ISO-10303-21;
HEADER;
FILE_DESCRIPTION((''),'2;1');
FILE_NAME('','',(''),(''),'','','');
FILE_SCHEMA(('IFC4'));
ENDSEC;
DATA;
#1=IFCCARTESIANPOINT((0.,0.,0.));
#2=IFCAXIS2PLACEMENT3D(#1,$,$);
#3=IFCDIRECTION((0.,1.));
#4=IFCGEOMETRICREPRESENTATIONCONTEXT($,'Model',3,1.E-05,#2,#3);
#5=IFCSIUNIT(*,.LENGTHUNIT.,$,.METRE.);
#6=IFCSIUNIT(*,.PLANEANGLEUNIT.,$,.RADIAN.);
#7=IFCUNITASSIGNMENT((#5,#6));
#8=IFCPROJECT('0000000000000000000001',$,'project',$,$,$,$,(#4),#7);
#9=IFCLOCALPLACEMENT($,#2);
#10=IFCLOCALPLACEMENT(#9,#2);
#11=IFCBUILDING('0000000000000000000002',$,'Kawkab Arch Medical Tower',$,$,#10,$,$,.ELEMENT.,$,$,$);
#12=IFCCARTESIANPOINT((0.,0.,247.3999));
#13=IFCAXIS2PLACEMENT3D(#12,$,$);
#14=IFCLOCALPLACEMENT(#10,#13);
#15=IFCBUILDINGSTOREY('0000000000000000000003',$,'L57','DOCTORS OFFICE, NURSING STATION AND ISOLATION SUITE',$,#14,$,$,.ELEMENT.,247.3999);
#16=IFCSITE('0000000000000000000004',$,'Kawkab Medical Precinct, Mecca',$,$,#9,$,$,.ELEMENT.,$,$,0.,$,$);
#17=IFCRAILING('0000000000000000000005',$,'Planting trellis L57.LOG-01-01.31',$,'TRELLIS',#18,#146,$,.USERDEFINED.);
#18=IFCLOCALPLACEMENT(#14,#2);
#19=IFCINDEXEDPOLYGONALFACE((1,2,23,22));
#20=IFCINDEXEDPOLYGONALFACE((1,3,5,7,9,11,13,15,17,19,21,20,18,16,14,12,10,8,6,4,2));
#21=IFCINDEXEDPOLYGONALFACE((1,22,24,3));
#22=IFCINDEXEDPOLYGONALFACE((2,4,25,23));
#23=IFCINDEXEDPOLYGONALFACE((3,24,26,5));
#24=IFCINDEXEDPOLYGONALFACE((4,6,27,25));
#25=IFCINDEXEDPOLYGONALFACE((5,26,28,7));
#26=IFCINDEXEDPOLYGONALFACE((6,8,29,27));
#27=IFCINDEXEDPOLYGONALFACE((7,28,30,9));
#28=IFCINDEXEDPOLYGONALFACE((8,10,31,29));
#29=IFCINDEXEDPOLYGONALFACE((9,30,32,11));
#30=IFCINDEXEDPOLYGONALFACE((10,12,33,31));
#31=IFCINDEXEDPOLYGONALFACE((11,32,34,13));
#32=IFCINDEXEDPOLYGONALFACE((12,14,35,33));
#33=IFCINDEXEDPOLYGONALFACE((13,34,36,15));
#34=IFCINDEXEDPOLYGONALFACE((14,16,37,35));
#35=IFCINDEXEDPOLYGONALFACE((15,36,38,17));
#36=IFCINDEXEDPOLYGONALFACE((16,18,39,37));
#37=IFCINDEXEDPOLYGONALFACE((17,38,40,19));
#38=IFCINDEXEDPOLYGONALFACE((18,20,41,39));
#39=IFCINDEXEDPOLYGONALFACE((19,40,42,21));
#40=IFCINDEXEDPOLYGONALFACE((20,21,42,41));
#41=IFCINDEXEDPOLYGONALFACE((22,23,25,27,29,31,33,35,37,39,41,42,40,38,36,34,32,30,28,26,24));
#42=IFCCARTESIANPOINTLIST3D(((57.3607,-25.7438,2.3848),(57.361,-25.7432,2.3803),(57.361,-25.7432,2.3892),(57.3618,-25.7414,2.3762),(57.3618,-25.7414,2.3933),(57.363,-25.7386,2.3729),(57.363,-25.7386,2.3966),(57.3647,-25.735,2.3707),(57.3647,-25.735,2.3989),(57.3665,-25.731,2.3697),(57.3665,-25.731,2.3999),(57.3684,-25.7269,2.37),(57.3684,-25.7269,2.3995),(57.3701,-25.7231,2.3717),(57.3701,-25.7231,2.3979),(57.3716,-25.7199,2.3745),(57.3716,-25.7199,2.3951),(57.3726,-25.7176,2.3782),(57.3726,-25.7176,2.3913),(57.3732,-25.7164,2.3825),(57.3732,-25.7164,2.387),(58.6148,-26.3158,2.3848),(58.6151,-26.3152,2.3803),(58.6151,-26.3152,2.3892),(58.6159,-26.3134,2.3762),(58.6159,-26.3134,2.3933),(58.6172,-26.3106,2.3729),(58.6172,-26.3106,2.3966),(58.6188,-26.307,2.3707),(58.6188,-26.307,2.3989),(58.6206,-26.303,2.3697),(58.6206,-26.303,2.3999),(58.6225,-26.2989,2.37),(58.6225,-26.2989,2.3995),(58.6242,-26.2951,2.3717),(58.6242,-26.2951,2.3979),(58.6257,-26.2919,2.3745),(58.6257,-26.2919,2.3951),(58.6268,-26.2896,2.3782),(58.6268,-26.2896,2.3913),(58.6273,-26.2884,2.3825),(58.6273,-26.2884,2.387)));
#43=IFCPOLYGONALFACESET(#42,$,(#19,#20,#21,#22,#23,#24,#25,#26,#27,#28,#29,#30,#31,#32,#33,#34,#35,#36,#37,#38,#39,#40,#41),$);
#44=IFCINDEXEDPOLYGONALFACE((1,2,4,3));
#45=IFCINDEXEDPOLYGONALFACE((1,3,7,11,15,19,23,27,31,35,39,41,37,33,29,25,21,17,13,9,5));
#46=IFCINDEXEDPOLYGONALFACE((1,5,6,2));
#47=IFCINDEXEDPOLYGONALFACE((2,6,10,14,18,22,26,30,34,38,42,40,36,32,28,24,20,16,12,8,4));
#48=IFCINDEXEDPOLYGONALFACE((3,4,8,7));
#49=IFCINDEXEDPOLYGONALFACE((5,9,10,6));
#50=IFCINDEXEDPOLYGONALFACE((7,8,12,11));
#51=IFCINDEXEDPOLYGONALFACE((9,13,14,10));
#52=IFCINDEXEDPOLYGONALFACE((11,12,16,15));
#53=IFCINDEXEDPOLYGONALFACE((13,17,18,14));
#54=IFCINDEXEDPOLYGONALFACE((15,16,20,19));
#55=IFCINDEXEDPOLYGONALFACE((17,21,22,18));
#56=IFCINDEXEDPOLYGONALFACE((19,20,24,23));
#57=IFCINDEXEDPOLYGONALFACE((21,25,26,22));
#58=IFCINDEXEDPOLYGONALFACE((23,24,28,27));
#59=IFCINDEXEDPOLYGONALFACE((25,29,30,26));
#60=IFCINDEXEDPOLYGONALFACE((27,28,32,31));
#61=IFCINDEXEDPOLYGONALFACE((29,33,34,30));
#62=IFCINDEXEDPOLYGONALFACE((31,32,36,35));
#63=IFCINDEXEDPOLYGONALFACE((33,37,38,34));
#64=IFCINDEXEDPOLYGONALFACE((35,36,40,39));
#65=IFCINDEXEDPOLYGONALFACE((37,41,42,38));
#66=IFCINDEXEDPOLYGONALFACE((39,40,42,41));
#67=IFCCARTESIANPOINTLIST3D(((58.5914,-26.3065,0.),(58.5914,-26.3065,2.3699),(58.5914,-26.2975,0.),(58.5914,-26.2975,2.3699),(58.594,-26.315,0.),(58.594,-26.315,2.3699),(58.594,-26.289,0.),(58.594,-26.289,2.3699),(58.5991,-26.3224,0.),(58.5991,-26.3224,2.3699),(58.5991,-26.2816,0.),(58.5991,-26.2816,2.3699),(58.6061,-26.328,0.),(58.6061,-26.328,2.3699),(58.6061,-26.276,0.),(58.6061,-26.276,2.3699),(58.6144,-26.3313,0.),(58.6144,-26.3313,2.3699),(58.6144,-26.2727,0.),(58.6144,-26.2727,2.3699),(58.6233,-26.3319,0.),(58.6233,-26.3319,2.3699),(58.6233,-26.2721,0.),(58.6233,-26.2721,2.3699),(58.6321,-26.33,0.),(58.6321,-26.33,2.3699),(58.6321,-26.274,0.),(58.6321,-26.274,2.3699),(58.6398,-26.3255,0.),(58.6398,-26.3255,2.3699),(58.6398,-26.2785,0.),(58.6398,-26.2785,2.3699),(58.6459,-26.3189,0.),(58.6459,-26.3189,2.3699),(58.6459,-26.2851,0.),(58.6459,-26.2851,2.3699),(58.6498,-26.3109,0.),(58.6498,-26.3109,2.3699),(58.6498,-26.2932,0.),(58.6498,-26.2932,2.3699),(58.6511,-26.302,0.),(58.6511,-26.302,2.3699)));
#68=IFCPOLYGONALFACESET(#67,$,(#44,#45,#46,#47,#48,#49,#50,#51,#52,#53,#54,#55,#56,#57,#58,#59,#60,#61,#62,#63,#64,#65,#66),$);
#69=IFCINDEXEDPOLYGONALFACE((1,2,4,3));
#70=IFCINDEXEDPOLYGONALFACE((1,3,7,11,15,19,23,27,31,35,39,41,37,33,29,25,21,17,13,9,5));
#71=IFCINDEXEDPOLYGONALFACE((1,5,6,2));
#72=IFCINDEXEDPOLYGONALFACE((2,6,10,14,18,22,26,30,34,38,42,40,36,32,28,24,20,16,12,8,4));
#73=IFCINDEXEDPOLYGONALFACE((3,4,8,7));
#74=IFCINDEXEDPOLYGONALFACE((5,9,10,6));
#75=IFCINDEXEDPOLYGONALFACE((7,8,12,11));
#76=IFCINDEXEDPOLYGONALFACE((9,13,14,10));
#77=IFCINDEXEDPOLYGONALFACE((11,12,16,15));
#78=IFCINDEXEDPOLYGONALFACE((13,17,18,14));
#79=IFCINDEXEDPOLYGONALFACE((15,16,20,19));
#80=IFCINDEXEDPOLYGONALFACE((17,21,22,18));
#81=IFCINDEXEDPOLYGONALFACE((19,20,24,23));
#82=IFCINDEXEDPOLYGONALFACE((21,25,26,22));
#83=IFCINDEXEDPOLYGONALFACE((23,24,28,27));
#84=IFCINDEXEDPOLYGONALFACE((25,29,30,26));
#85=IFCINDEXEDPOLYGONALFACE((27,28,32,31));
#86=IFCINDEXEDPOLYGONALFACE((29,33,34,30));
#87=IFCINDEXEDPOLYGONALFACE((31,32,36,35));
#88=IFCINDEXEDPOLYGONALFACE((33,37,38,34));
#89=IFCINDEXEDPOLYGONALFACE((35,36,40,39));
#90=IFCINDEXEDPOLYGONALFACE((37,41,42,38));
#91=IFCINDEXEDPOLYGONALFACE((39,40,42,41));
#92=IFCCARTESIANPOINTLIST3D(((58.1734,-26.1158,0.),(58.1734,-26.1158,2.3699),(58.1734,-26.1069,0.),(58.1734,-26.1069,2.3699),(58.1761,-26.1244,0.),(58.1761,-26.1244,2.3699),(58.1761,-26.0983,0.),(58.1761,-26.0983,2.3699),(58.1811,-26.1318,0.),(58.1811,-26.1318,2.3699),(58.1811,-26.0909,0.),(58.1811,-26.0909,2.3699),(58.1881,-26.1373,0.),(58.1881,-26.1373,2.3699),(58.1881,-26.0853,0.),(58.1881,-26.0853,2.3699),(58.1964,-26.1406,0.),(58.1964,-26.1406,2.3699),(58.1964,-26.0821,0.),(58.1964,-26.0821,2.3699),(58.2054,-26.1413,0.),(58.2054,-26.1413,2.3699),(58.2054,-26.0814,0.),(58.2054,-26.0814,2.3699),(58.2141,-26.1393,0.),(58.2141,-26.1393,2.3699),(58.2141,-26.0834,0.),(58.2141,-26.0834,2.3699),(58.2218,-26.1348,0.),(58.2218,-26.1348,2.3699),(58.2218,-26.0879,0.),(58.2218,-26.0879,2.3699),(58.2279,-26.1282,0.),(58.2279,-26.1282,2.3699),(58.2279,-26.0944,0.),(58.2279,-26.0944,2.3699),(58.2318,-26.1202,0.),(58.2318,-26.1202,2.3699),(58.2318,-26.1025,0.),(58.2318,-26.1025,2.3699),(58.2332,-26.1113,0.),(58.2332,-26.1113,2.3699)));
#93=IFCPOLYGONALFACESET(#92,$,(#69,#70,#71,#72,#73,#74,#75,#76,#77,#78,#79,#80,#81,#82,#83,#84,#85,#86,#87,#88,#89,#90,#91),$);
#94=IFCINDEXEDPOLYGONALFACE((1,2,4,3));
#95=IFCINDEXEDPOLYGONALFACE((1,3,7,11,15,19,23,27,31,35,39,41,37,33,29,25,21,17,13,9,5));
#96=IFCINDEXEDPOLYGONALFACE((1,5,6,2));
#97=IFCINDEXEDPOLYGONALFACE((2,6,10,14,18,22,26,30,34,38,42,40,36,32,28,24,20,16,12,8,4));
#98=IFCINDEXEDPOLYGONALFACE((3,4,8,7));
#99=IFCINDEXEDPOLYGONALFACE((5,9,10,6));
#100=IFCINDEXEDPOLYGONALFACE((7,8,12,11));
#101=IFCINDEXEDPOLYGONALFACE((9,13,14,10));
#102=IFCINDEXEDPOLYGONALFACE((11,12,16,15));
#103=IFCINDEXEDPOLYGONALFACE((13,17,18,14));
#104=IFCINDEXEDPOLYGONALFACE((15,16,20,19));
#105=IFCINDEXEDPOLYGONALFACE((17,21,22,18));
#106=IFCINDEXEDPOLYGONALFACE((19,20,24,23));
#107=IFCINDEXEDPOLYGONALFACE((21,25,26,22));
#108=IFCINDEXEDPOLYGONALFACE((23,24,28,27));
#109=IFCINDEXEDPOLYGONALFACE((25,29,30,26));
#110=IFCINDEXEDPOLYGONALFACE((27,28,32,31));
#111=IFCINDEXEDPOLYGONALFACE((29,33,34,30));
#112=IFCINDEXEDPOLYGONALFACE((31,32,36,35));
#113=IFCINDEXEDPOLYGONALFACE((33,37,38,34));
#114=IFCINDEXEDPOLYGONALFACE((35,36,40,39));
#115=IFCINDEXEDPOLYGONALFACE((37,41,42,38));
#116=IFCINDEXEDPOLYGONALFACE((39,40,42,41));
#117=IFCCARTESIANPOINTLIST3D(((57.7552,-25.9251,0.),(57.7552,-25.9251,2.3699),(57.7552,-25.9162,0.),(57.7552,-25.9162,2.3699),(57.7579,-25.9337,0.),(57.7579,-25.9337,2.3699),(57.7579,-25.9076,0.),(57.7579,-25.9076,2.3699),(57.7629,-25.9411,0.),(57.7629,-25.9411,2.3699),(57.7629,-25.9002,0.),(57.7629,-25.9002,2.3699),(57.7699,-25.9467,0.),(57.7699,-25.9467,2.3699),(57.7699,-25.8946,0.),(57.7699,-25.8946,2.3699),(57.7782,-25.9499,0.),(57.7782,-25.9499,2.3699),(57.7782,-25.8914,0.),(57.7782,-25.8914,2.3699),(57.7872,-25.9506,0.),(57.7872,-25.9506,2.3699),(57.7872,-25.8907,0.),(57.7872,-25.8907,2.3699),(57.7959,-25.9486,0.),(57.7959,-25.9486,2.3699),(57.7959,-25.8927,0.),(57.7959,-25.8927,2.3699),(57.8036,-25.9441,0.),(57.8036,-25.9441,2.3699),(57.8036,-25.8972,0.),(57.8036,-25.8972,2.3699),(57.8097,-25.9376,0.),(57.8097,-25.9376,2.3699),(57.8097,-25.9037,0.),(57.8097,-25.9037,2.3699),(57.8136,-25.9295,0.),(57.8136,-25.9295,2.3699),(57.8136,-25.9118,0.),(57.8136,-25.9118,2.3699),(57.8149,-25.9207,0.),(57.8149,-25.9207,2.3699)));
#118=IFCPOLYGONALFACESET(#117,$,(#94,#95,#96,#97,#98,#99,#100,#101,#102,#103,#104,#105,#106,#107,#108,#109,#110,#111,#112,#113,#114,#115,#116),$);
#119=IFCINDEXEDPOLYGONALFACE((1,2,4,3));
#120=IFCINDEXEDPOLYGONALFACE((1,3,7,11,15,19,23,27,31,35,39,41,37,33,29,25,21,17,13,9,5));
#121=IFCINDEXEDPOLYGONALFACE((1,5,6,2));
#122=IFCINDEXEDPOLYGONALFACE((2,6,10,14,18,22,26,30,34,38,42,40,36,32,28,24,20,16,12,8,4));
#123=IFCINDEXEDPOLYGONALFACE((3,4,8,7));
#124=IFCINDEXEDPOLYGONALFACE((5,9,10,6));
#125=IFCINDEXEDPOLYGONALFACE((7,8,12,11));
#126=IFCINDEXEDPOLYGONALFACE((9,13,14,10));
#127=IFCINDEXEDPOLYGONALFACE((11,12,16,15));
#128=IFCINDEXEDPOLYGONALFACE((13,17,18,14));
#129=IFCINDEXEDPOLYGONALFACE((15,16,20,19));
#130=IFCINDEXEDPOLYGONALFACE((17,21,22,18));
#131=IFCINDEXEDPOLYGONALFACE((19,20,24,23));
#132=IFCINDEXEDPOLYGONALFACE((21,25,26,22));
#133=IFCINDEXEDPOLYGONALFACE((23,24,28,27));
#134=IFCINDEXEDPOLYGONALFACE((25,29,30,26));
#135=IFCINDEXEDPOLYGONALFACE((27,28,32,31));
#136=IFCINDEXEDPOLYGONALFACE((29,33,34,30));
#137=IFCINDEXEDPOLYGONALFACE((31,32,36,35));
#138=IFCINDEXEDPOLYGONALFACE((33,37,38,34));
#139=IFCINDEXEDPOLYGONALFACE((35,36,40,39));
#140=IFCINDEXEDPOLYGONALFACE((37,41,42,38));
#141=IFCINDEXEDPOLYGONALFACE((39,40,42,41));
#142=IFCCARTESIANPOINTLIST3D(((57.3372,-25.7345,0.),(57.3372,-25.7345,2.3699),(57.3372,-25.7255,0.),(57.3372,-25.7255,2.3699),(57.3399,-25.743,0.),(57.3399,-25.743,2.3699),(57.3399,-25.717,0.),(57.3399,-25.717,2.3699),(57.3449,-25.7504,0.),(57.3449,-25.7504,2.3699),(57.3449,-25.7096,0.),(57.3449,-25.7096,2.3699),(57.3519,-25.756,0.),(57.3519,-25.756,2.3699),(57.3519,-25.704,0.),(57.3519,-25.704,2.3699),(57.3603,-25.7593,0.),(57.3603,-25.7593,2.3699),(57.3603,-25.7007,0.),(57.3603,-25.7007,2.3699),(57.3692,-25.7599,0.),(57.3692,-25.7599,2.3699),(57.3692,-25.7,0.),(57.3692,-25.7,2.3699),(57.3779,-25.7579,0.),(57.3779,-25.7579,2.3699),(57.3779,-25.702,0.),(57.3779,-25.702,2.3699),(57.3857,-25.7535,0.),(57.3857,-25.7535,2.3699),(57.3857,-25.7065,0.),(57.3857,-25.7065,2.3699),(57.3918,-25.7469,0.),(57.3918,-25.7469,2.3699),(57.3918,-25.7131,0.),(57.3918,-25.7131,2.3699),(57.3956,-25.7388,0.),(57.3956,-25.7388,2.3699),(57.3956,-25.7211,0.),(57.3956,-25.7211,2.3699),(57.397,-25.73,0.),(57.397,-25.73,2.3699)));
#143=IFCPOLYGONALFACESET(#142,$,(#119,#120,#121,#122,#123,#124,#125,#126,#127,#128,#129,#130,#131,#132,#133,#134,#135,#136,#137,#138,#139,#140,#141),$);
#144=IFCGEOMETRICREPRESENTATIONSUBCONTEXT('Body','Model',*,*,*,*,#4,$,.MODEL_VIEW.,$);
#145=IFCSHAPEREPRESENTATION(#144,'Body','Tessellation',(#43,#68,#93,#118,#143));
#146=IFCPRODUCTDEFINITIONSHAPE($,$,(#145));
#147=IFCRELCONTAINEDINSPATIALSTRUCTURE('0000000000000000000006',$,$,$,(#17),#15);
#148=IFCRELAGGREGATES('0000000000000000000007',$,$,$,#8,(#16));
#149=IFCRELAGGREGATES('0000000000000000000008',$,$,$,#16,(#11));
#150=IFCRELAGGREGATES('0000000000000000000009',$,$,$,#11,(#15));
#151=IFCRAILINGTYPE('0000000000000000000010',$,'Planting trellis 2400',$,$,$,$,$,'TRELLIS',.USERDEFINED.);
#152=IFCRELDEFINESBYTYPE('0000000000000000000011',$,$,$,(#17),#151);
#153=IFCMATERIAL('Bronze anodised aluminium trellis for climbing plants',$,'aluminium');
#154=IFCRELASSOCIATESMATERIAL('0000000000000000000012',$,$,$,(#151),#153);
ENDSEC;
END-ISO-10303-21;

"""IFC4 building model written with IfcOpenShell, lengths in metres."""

from ifc_helpers import new_model, si_unit, direction, frame, origin, origin_2d, place, context, subcontext, project, spatial, circle, extrude, material, type_object, element, save


model = new_model("IFC4")

# Units and contexts
model_context = context("Model", 3, precision=1e-05, world=origin(), true_north=direction((0.0, 1.0)))
body_context = subcontext(model_context, "Body", "Model", "MODEL_VIEW")
ifc_project = project(units=[si_unit("LENGTHUNIT", "METRE"), si_unit("PLANEANGLEUNIT", "RADIAN")], contexts=[model_context])

# Site, building, storey
site_placement = place(None, origin())
site = spatial("IfcSite", under=ifc_project, at=site_placement, Name="Kawkab Medical Precinct, Mecca", CompositionType="ELEMENT", RefElevation=0.0)
building_placement = place(site_placement, origin())
building = spatial("IfcBuilding", under=site, at=building_placement, Name="Kawkab Arch Medical Tower", CompositionType="ELEMENT")
storey_placement = place(building_placement, frame((0.0, 0.0, 247.3999)))
storey = spatial("IfcBuildingStorey", under=building, at=storey_placement, Name="L57", Description="DOCTORS OFFICE, NURSING STATION AND ISOLATION SUITE", CompositionType="ELEMENT", Elevation=247.3999)

# Railing
ifc_material_1 = material(Name="Bronze anodised aluminium trellis for climbing plants", Category="aluminium")
railing_type = type_object("IfcRailingType", Name="Planting trellis 2400", ElementType="TRELLIS", PredefinedType="USERDEFINED", material=ifc_material_1)
railing_1_placement = place(storey_placement, frame((58.6211, -26.302, 0.0)))
element("IfcRailing", 1, at=railing_1_placement, inside=storey, type_object=railing_type, Name="Planting trellis L57.LOG-01-01.31", ObjectType="TRELLIS", PredefinedType="USERDEFINED", context=body_context, shape_type="SweptSolid", body=[
    extrude(circle(Radius=0.0151, at=origin_2d()), frame((0.0, 0.0, 2.3848), z_axis=(-0.909832, 0.414977, 0.0), x_axis=(-0.414977, -0.909832, 0.0)), (0.0, 0.0, 1.0), 1.3784),
    extrude(circle(Radius=0.03, at=origin_2d()), origin(), (0.0, 0.0, 1.0), 2.3699),
    extrude(circle(Radius=0.03, at=origin_2d()), frame((-0.418, 0.1907, 0.0)), (0.0, 0.0, 1.0), 2.3699),
    extrude(circle(Radius=0.03, at=origin_2d()), frame((-0.8362, 0.3813, 0.0)), (0.0, 0.0, 1.0), 2.3699),
    extrude(circle(Radius=0.03, at=origin_2d()), frame((-1.2542, 0.572, 0.0)), (0.0, 0.0, 1.0), 2.3699),
])

save(model, "model.ifc")
